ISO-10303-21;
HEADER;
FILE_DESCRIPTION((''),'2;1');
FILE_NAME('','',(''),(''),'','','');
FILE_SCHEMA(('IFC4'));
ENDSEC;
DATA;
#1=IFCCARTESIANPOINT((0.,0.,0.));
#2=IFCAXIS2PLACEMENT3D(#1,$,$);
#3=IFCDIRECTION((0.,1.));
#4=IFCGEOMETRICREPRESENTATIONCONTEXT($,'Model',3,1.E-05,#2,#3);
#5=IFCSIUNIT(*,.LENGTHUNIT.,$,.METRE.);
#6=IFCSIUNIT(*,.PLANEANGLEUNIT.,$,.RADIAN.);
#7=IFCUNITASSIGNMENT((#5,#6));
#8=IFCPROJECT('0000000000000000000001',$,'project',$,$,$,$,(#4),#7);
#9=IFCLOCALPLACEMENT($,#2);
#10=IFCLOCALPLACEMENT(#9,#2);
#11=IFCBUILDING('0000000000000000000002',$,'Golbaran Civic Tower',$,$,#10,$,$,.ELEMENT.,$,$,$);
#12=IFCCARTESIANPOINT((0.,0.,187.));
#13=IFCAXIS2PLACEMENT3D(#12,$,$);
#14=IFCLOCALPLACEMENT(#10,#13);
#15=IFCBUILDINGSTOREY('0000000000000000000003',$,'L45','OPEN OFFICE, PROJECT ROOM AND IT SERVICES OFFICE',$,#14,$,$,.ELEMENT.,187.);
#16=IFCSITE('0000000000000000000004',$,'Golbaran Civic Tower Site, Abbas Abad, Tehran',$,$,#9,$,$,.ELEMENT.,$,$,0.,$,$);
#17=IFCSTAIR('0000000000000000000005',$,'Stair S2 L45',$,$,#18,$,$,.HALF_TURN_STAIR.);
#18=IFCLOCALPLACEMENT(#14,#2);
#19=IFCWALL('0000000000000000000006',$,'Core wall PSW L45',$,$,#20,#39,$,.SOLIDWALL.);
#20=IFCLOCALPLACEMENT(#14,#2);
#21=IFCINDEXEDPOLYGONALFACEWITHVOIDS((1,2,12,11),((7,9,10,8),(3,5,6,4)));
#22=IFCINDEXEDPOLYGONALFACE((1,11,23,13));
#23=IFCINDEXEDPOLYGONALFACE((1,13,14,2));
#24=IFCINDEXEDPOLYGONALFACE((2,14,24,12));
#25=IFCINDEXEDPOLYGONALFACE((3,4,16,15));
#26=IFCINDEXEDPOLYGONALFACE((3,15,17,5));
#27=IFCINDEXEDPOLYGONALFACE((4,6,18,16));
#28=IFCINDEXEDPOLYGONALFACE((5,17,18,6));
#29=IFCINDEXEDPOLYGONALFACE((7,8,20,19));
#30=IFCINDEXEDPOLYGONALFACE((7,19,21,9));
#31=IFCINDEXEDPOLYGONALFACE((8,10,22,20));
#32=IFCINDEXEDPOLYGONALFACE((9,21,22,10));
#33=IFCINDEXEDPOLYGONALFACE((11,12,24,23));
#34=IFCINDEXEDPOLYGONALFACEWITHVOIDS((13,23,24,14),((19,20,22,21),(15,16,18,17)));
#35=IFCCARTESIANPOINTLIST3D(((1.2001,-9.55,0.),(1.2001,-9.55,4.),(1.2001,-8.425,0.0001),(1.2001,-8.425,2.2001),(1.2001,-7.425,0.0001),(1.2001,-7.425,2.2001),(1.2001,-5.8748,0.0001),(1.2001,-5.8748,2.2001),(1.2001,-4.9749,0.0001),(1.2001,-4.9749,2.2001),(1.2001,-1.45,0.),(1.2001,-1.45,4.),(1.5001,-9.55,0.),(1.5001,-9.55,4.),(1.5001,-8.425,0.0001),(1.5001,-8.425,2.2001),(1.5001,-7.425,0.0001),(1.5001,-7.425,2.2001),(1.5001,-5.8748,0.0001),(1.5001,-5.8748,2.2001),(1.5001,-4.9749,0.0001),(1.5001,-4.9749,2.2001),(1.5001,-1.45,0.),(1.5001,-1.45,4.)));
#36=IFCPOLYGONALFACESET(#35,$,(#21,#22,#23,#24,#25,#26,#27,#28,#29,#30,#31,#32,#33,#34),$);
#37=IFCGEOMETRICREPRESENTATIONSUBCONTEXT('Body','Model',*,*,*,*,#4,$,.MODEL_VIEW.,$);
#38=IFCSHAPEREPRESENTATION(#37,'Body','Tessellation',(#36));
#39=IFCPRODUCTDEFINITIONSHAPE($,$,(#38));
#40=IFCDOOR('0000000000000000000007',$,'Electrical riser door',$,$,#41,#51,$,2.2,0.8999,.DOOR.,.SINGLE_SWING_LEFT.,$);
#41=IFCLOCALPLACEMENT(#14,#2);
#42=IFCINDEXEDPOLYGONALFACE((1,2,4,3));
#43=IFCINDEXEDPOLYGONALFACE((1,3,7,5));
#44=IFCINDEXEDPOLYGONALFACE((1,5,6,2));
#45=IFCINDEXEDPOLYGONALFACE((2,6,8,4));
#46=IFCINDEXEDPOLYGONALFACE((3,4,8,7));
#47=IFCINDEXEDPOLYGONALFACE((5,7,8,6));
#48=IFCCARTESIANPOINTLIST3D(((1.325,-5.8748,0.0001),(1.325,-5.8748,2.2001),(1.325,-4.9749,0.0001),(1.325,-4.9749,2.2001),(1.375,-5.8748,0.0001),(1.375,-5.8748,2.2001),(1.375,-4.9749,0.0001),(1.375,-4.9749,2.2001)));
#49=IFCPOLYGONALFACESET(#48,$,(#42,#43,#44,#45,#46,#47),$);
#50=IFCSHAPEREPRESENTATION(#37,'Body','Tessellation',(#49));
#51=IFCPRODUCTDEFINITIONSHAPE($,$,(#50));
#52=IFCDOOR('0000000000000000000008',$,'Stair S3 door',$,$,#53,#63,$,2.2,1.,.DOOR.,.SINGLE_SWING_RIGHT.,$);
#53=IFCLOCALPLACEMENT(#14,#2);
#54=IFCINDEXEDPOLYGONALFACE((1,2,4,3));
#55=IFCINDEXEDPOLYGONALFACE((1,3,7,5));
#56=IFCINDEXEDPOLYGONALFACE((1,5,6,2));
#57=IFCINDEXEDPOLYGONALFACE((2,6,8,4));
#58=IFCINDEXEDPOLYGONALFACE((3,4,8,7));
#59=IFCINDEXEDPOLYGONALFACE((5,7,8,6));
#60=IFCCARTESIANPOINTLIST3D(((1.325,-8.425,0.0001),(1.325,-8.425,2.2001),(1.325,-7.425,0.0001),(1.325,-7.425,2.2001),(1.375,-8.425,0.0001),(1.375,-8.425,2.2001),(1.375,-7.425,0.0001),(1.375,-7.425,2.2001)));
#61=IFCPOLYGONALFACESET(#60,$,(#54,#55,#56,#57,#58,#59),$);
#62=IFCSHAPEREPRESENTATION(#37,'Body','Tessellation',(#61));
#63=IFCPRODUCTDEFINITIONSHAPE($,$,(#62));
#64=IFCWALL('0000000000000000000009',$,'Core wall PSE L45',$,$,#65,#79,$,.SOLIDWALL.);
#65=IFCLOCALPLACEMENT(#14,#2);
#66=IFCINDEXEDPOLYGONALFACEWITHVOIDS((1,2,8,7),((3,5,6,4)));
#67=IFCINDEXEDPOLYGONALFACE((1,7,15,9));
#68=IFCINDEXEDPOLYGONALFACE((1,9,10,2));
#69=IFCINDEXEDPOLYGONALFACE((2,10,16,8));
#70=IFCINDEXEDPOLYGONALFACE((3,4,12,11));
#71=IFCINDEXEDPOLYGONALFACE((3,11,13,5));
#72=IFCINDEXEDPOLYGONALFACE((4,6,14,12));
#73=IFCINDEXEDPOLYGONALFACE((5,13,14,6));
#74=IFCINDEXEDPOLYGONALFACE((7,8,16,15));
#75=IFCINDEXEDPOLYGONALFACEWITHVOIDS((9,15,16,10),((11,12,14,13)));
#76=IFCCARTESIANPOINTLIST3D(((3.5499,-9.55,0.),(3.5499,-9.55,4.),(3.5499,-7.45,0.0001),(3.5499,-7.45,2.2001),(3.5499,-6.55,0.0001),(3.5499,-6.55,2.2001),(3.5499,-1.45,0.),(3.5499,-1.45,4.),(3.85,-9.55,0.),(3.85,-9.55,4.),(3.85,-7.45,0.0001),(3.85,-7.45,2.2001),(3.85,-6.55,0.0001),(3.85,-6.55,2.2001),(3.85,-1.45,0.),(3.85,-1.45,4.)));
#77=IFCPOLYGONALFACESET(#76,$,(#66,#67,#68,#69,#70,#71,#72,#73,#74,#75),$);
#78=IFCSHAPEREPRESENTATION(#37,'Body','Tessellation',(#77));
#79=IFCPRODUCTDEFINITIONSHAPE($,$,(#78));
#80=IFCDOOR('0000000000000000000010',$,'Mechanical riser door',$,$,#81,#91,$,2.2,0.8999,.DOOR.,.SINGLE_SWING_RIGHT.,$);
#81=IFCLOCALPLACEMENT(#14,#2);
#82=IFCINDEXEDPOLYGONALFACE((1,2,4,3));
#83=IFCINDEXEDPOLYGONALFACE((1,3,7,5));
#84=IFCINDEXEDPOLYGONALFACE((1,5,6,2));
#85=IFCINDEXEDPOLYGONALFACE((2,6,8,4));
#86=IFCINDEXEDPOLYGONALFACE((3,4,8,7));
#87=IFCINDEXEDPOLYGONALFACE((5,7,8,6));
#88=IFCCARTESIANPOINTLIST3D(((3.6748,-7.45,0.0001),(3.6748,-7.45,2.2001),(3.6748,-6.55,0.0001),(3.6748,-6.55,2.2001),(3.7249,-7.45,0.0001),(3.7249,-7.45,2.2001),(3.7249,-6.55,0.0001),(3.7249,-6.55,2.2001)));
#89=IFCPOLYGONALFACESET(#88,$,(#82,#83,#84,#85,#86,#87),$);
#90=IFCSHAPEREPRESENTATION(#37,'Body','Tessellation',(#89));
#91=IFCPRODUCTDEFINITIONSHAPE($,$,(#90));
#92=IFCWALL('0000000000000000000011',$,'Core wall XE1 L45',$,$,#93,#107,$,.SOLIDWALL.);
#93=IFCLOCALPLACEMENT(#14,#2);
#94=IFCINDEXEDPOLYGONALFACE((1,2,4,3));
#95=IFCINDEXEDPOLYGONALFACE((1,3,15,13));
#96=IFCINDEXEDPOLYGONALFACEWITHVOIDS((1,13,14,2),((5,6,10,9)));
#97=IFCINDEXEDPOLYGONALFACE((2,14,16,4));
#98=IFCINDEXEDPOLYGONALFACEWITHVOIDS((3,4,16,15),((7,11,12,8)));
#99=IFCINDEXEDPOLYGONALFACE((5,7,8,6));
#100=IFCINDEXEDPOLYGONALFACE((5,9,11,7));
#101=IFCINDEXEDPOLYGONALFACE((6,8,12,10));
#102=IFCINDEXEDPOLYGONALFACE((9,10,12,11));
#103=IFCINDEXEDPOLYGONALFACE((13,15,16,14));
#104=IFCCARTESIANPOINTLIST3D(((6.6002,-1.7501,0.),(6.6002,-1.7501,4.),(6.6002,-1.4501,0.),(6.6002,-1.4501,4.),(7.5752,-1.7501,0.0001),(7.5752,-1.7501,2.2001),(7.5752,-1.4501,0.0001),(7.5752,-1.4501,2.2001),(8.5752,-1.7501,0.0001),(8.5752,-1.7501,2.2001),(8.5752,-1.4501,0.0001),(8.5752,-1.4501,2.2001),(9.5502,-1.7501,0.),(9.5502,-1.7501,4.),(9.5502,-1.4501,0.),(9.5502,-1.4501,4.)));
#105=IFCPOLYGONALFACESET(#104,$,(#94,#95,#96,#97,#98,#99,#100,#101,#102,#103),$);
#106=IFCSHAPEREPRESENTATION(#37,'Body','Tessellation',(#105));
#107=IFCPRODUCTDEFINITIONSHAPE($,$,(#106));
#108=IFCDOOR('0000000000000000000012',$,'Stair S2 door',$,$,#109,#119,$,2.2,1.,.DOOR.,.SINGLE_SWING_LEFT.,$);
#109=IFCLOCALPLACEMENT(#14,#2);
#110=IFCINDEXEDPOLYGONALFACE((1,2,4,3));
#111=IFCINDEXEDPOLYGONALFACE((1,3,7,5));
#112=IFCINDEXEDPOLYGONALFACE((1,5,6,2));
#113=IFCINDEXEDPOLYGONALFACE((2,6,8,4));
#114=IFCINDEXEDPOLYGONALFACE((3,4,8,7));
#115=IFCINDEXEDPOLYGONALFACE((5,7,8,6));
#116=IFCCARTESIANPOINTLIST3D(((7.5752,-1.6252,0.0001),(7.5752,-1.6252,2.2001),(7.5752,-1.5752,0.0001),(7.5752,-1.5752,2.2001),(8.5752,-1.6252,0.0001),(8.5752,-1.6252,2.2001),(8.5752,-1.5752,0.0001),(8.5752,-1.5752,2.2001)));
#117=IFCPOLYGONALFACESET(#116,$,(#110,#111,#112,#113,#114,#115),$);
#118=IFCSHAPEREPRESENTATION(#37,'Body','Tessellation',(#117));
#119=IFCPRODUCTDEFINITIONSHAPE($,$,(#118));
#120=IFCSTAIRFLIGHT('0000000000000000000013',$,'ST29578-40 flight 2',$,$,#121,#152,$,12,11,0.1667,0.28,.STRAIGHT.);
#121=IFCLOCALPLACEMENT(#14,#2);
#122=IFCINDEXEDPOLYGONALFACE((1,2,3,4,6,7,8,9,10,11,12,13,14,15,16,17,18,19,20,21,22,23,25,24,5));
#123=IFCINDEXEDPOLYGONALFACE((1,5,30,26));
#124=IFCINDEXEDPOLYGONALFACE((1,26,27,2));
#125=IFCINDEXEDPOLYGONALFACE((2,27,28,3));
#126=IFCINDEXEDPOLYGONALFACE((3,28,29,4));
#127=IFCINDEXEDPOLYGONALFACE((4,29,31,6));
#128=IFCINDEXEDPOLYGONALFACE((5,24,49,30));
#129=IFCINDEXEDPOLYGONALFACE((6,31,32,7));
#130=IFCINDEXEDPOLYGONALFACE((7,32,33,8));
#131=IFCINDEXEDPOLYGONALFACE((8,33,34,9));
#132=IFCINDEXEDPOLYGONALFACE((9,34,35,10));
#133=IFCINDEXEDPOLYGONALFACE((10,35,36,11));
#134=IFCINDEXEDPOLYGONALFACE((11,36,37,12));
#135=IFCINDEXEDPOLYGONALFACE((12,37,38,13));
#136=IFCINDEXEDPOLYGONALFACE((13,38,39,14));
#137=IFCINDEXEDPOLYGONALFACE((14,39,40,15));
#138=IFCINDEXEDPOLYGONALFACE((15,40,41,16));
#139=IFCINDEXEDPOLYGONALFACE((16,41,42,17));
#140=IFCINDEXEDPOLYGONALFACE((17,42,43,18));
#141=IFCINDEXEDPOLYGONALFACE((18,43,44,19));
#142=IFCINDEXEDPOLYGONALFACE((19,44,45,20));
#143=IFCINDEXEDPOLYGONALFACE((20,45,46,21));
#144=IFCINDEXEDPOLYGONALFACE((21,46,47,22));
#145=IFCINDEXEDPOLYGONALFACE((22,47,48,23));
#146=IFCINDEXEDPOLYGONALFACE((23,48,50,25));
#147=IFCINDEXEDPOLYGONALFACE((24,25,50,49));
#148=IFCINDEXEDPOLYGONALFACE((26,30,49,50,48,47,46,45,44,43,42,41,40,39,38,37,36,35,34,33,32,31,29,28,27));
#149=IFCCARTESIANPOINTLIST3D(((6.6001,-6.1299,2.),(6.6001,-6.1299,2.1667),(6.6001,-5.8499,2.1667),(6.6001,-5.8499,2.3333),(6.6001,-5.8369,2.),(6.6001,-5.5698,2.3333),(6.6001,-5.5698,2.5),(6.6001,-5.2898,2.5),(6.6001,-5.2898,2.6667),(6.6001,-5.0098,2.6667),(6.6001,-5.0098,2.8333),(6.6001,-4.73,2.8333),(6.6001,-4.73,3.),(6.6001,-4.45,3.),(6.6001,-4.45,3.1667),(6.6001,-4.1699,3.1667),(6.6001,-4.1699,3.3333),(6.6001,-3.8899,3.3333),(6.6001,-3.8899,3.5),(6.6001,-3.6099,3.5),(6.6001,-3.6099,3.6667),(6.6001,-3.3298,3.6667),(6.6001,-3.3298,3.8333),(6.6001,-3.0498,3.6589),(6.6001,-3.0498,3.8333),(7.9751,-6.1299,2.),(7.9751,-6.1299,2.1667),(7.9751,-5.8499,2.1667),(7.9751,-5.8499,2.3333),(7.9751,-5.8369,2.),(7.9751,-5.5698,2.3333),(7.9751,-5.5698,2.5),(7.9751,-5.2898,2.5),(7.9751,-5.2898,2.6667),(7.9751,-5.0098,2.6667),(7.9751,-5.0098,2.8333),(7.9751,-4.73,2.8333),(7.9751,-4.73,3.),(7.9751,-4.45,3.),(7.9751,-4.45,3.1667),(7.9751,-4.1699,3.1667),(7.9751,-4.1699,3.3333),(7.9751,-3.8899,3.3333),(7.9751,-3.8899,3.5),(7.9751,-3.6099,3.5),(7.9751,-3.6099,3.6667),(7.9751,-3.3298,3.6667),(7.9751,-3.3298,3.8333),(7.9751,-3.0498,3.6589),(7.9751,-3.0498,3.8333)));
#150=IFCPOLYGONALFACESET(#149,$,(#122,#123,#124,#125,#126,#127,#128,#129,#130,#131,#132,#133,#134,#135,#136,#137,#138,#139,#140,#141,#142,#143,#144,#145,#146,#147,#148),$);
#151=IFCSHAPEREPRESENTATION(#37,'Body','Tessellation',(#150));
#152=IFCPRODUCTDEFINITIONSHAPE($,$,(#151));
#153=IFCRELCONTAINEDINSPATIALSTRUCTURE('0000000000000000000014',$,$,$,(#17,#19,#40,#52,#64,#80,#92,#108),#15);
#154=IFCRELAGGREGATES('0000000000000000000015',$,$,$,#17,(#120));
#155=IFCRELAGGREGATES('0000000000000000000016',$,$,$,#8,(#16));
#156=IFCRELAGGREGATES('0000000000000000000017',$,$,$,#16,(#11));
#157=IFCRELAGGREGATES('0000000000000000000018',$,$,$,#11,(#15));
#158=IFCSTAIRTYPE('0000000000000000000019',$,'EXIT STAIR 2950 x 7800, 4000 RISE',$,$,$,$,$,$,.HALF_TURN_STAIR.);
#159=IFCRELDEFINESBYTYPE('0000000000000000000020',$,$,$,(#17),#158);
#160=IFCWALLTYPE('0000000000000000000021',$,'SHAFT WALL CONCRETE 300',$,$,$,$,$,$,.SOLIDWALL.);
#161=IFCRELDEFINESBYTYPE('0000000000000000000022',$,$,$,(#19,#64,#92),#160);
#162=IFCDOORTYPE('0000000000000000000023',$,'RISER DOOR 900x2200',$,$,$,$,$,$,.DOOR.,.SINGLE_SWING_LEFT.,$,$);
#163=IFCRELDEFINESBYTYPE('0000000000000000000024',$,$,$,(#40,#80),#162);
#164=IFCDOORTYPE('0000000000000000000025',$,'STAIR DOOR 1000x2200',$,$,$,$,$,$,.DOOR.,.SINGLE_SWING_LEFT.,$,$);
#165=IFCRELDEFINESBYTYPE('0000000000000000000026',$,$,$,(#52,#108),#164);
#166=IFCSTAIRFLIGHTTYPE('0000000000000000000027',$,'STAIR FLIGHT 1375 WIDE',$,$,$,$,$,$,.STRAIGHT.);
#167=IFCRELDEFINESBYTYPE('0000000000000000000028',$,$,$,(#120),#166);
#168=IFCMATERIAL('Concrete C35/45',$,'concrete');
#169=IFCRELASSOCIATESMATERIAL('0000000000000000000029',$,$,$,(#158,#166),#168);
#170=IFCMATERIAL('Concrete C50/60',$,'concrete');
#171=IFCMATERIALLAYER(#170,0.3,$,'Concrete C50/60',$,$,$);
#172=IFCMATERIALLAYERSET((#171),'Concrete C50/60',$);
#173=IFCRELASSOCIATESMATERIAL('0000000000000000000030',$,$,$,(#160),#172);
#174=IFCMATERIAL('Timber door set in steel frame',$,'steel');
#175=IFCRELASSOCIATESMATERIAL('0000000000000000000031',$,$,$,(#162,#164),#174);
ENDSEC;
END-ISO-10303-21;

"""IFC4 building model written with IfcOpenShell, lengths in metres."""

from ifc_helpers import new_model, si_unit, direction, frame, frame_2d, origin, place, context, subcontext, project, spatial, polyline, rectangle, outline, extrude, material, layer, layer_set, type_object, element, fill, aggregate, save


model = new_model("IFC4")

# Units and contexts
model_context = context("Model", 3, precision=1e-05, world=origin(), true_north=direction((0.0, 1.0)))
body_context = subcontext(model_context, "Body", "Model", "MODEL_VIEW")
ifc_project = project(units=[si_unit("LENGTHUNIT", "METRE"), si_unit("PLANEANGLEUNIT", "RADIAN")], contexts=[model_context])

# Site, building, storey
site_placement = place(None, origin())
site = spatial("IfcSite", under=ifc_project, at=site_placement, Name="Golbaran Civic Tower Site, Abbas Abad, Tehran", CompositionType="ELEMENT", RefElevation=0.0)
building_placement = place(site_placement, origin())
building = spatial("IfcBuilding", under=site, at=building_placement, Name="Golbaran Civic Tower", CompositionType="ELEMENT")
storey_placement = place(building_placement, frame((0.0, 0.0, 187.0)))
storey = spatial("IfcBuildingStorey", under=building, at=storey_placement, Name="L45", Description="OPEN OFFICE, PROJECT ROOM AND IT SERVICES OFFICE", CompositionType="ELEMENT", Elevation=187.0)

# Shared definitions
ifc_material_1 = material(Name="Concrete C35/45", Category="concrete")
stair_type = type_object("IfcStairType", Name="EXIT STAIR 2950 x 7800, 4000 RISE", PredefinedType="HALF_TURN_STAIR", material=ifc_material_1)

# Stair
stair_1_placement = place(storey_placement, origin())
stair_1 = element("IfcStair", 1, at=stair_1_placement, inside=storey, type_object=stair_type, Name="Stair S2 L45", PredefinedType="HALF_TURN_STAIR")

# Shared definitions
ifc_material_2 = material(Name="Timber door set in steel frame", Category="steel")

# Shared definitions
ifc_material_3 = material(Name="Concrete C50/60", Category="concrete")
ifc_layer_1 = layer(ifc_material_3, 0.3, Name="Concrete C50/60")
ifc_layer_set_1 = layer_set([ifc_layer_1], Name="Concrete C50/60")
wall_type_1 = type_object("IfcWallType", Name="SHAFT WALL CONCRETE 300", PredefinedType="SOLIDWALL", material=ifc_layer_set_1)

# Wall, openings, doors
wall_1_placement = place(storey_placement, frame((1.3501, -1.45, 0.0), z_axis=(0.0, 0.0, 1.0), x_axis=(0.0, -1.0, 0.0)))
wall_1 = element("IfcWall", 2, at=wall_1_placement, inside=storey, type_object=wall_type_1, Name="Core wall PSW L45", PredefinedType="SOLIDWALL", context=body_context, shape_type="SweptSolid", body=[
    extrude(rectangle(XDim=8.1001, YDim=0.3, at=frame_2d((4.05, 0.0))), origin(), (0.0, 0.0, 1.0), 4.0),
])
opening_1_placement = place(wall_1_placement, frame((5.9751, 0.0, 0.0)))
opening_1 = element("IfcOpeningElement", 3, at=opening_1_placement, cuts=wall_1, PredefinedType="OPENING", context=body_context, shape_type="SweptSolid", body=[
    extrude(rectangle(XDim=1.0, YDim=2.2, at=frame_2d((0.5, 1.1001))), frame((0.0, 0.1599, 0.0), z_axis=(0.0, -1.0, 0.0), x_axis=(1.0, 0.0, 0.0)), (0.0, 0.0, 1.0), 0.3201),
])
opening_2_placement = place(wall_1_placement, frame((3.5249, 0.0, 0.0)))
opening_2 = element("IfcOpeningElement", 4, at=opening_2_placement, cuts=wall_1, PredefinedType="OPENING", context=body_context, shape_type="SweptSolid", body=[
    extrude(rectangle(XDim=0.8999, YDim=2.2, at=frame_2d((0.45, 1.1001))), frame((0.0, 0.1599, 0.0), z_axis=(0.0, -1.0, 0.0), x_axis=(1.0, 0.0, 0.0)), (0.0, 0.0, 1.0), 0.3201),
])
door_type_1 = type_object("IfcDoorType", Name="RISER DOOR 900x2200", OperationType="SINGLE_SWING_LEFT", PredefinedType="DOOR", material=ifc_material_2)
door_1_placement = place(opening_2_placement, origin())
door_1 = element("IfcDoor", 5, at=door_1_placement, inside=storey, type_object=door_type_1, Name="Electrical riser door", OperationType="SINGLE_SWING_LEFT", OverallHeight=2.2, OverallWidth=0.8999, PredefinedType="DOOR", context=body_context, shape_type="SweptSolid", body=[
    extrude(rectangle(XDim=0.8999, YDim=2.2, at=frame_2d((0.45, 1.1001))), frame((0.0, 0.0249, 0.0), z_axis=(0.0, -1.0, 0.0), x_axis=(1.0, 0.0, 0.0)), (0.0, 0.0, 1.0), 0.05),
])
fill(opening_2, door_1)
door_type_2 = type_object("IfcDoorType", Name="STAIR DOOR 1000x2200", OperationType="SINGLE_SWING_LEFT", PredefinedType="DOOR", material=ifc_material_2)
door_2_placement = place(opening_1_placement, origin())
door_2 = element("IfcDoor", 6, at=door_2_placement, inside=storey, type_object=door_type_2, Name="Stair S3 door", OperationType="SINGLE_SWING_RIGHT", OverallHeight=2.2, OverallWidth=1.0, PredefinedType="DOOR", context=body_context, shape_type="SweptSolid", body=[
    extrude(rectangle(XDim=1.0, YDim=2.2, at=frame_2d((0.5, 1.1001))), frame((0.0, 0.0249, 0.0), z_axis=(0.0, -1.0, 0.0), x_axis=(1.0, 0.0, 0.0)), (0.0, 0.0, 1.0), 0.05),
])
fill(opening_1, door_2)

# Walls, openings, doors
wall_2_placement = place(storey_placement, frame((3.7, -1.45, 0.0), z_axis=(0.0, 0.0, 1.0), x_axis=(0.0, -1.0, 0.0)))
wall_2 = element("IfcWall", 7, at=wall_2_placement, inside=storey, type_object=wall_type_1, Name="Core wall PSE L45", PredefinedType="SOLIDWALL", context=body_context, shape_type="SweptSolid", body=[
    extrude(rectangle(XDim=8.1001, YDim=0.3, at=frame_2d((4.05, 0.0))), origin(), (0.0, 0.0, 1.0), 4.0),
])
opening_3_placement = place(wall_2_placement, frame((5.1001, 0.0, 0.0)))
opening_3 = element("IfcOpeningElement", 8, at=opening_3_placement, cuts=wall_2, PredefinedType="OPENING", context=body_context, shape_type="SweptSolid", body=[
    extrude(rectangle(XDim=0.8999, YDim=2.2, at=frame_2d((0.45, 1.1001))), frame((0.0, 0.1599, 0.0), z_axis=(0.0, -1.0, 0.0), x_axis=(1.0, 0.0, 0.0)), (0.0, 0.0, 1.0), 0.3201),
])
door_3_placement = place(opening_3_placement, origin())
door_3 = element("IfcDoor", 9, at=door_3_placement, inside=storey, type_object=door_type_1, Name="Mechanical riser door", OperationType="SINGLE_SWING_RIGHT", OverallHeight=2.2, OverallWidth=0.8999, PredefinedType="DOOR", context=body_context, shape_type="SweptSolid", body=[
    extrude(rectangle(XDim=0.8999, YDim=2.2, at=frame_2d((0.45, 1.1001))), frame((0.0, 0.0249, 0.0), z_axis=(0.0, -1.0, 0.0), x_axis=(1.0, 0.0, 0.0)), (0.0, 0.0, 1.0), 0.05),
])
fill(opening_3, door_3)
wall_3_placement = place(storey_placement, frame((6.6001, -1.6001, 0.0), z_axis=(0.0, 0.0, 1.0), x_axis=(1.0, 0.0, 0.0)))
wall_3 = element("IfcWall", 10, at=wall_3_placement, inside=storey, type_object=wall_type_1, Name="Core wall XE1 L45", PredefinedType="SOLIDWALL", context=body_context, shape_type="SweptSolid", body=[
    extrude(rectangle(XDim=2.95, YDim=0.3, at=frame_2d((1.4751, 0.0))), origin(), (0.0, 0.0, 1.0), 4.0),
])
opening_4_placement = place(wall_3_placement, frame((0.9751, 0.0, 0.0)))
opening_4 = element("IfcOpeningElement", 11, at=opening_4_placement, cuts=wall_3, PredefinedType="OPENING", context=body_context, shape_type="SweptSolid", body=[
    extrude(rectangle(XDim=1.0, YDim=2.2, at=frame_2d((0.5, 1.1001))), frame((0.0, 0.1599, 0.0), z_axis=(0.0, -1.0, 0.0), x_axis=(1.0, 0.0, 0.0)), (0.0, 0.0, 1.0), 0.3201),
])
door_4_placement = place(opening_4_placement, origin())
door_4 = element("IfcDoor", 12, at=door_4_placement, inside=storey, type_object=door_type_2, Name="Stair S2 door", OperationType="SINGLE_SWING_LEFT", OverallHeight=2.2, OverallWidth=1.0, PredefinedType="DOOR", context=body_context, shape_type="SweptSolid", body=[
    extrude(rectangle(XDim=1.0, YDim=2.2, at=frame_2d((0.5, 1.1001))), frame((0.0, 0.0249, 0.0), z_axis=(0.0, -1.0, 0.0), x_axis=(1.0, 0.0, 0.0)), (0.0, 0.0, 1.0), 0.05),
])
fill(opening_4, door_4)

# Stair flight
stair_flight_type = type_object("IfcStairFlightType", Name="STAIR FLIGHT 1375 WIDE", PredefinedType="STRAIGHT", material=ifc_material_1)
stair_flight_placement = place(storey_placement, frame((7.2876, -6.1299, 2.0), z_axis=(0.0, 0.0, 1.0), x_axis=(0.0, 1.0, 0.0)))
stair_flight = element("IfcStairFlight", 13, at=stair_flight_placement, type_object=stair_flight_type, Name="ST29578-40 flight 2", NumberOfRisers=12, NumberOfTreads=11, PredefinedType="STRAIGHT", RiserHeight=0.1667, TreadLength=0.28, context=body_context, shape_type="SweptSolid", body=[
    extrude(outline(polyline([(0.0, 0.0), (0.0, 0.1667), (0.28, 0.1667), (0.28, 0.3333), (0.5601, 0.3333), (0.5601, 0.5), (0.8401, 0.5), (0.8401, 0.6667), (1.1201, 0.6667), (1.1201, 0.8333), (1.3999, 0.8333), (1.3999, 1.0), (1.6799, 1.0), (1.6799, 1.1667), (1.96, 1.1667), (1.96, 1.3333), (2.24, 1.3333), (2.24, 1.5), (2.52, 1.5), (2.52, 1.6667), (2.8, 1.6667), (2.8, 1.8333), (3.0801, 1.8333), (3.0801, 2.0), (3.0801, 1.6589), (0.293, 0.0), (0.0, 0.0)])), frame((0.0, 0.6875, 0.0), z_axis=(0.0, -1.0, 0.0), x_axis=(1.0, 0.0, 0.0)), (0.0, 0.0, 1.0), 1.375),
])
aggregate(stair_1, [stair_flight])

save(model, "model.ifc")
